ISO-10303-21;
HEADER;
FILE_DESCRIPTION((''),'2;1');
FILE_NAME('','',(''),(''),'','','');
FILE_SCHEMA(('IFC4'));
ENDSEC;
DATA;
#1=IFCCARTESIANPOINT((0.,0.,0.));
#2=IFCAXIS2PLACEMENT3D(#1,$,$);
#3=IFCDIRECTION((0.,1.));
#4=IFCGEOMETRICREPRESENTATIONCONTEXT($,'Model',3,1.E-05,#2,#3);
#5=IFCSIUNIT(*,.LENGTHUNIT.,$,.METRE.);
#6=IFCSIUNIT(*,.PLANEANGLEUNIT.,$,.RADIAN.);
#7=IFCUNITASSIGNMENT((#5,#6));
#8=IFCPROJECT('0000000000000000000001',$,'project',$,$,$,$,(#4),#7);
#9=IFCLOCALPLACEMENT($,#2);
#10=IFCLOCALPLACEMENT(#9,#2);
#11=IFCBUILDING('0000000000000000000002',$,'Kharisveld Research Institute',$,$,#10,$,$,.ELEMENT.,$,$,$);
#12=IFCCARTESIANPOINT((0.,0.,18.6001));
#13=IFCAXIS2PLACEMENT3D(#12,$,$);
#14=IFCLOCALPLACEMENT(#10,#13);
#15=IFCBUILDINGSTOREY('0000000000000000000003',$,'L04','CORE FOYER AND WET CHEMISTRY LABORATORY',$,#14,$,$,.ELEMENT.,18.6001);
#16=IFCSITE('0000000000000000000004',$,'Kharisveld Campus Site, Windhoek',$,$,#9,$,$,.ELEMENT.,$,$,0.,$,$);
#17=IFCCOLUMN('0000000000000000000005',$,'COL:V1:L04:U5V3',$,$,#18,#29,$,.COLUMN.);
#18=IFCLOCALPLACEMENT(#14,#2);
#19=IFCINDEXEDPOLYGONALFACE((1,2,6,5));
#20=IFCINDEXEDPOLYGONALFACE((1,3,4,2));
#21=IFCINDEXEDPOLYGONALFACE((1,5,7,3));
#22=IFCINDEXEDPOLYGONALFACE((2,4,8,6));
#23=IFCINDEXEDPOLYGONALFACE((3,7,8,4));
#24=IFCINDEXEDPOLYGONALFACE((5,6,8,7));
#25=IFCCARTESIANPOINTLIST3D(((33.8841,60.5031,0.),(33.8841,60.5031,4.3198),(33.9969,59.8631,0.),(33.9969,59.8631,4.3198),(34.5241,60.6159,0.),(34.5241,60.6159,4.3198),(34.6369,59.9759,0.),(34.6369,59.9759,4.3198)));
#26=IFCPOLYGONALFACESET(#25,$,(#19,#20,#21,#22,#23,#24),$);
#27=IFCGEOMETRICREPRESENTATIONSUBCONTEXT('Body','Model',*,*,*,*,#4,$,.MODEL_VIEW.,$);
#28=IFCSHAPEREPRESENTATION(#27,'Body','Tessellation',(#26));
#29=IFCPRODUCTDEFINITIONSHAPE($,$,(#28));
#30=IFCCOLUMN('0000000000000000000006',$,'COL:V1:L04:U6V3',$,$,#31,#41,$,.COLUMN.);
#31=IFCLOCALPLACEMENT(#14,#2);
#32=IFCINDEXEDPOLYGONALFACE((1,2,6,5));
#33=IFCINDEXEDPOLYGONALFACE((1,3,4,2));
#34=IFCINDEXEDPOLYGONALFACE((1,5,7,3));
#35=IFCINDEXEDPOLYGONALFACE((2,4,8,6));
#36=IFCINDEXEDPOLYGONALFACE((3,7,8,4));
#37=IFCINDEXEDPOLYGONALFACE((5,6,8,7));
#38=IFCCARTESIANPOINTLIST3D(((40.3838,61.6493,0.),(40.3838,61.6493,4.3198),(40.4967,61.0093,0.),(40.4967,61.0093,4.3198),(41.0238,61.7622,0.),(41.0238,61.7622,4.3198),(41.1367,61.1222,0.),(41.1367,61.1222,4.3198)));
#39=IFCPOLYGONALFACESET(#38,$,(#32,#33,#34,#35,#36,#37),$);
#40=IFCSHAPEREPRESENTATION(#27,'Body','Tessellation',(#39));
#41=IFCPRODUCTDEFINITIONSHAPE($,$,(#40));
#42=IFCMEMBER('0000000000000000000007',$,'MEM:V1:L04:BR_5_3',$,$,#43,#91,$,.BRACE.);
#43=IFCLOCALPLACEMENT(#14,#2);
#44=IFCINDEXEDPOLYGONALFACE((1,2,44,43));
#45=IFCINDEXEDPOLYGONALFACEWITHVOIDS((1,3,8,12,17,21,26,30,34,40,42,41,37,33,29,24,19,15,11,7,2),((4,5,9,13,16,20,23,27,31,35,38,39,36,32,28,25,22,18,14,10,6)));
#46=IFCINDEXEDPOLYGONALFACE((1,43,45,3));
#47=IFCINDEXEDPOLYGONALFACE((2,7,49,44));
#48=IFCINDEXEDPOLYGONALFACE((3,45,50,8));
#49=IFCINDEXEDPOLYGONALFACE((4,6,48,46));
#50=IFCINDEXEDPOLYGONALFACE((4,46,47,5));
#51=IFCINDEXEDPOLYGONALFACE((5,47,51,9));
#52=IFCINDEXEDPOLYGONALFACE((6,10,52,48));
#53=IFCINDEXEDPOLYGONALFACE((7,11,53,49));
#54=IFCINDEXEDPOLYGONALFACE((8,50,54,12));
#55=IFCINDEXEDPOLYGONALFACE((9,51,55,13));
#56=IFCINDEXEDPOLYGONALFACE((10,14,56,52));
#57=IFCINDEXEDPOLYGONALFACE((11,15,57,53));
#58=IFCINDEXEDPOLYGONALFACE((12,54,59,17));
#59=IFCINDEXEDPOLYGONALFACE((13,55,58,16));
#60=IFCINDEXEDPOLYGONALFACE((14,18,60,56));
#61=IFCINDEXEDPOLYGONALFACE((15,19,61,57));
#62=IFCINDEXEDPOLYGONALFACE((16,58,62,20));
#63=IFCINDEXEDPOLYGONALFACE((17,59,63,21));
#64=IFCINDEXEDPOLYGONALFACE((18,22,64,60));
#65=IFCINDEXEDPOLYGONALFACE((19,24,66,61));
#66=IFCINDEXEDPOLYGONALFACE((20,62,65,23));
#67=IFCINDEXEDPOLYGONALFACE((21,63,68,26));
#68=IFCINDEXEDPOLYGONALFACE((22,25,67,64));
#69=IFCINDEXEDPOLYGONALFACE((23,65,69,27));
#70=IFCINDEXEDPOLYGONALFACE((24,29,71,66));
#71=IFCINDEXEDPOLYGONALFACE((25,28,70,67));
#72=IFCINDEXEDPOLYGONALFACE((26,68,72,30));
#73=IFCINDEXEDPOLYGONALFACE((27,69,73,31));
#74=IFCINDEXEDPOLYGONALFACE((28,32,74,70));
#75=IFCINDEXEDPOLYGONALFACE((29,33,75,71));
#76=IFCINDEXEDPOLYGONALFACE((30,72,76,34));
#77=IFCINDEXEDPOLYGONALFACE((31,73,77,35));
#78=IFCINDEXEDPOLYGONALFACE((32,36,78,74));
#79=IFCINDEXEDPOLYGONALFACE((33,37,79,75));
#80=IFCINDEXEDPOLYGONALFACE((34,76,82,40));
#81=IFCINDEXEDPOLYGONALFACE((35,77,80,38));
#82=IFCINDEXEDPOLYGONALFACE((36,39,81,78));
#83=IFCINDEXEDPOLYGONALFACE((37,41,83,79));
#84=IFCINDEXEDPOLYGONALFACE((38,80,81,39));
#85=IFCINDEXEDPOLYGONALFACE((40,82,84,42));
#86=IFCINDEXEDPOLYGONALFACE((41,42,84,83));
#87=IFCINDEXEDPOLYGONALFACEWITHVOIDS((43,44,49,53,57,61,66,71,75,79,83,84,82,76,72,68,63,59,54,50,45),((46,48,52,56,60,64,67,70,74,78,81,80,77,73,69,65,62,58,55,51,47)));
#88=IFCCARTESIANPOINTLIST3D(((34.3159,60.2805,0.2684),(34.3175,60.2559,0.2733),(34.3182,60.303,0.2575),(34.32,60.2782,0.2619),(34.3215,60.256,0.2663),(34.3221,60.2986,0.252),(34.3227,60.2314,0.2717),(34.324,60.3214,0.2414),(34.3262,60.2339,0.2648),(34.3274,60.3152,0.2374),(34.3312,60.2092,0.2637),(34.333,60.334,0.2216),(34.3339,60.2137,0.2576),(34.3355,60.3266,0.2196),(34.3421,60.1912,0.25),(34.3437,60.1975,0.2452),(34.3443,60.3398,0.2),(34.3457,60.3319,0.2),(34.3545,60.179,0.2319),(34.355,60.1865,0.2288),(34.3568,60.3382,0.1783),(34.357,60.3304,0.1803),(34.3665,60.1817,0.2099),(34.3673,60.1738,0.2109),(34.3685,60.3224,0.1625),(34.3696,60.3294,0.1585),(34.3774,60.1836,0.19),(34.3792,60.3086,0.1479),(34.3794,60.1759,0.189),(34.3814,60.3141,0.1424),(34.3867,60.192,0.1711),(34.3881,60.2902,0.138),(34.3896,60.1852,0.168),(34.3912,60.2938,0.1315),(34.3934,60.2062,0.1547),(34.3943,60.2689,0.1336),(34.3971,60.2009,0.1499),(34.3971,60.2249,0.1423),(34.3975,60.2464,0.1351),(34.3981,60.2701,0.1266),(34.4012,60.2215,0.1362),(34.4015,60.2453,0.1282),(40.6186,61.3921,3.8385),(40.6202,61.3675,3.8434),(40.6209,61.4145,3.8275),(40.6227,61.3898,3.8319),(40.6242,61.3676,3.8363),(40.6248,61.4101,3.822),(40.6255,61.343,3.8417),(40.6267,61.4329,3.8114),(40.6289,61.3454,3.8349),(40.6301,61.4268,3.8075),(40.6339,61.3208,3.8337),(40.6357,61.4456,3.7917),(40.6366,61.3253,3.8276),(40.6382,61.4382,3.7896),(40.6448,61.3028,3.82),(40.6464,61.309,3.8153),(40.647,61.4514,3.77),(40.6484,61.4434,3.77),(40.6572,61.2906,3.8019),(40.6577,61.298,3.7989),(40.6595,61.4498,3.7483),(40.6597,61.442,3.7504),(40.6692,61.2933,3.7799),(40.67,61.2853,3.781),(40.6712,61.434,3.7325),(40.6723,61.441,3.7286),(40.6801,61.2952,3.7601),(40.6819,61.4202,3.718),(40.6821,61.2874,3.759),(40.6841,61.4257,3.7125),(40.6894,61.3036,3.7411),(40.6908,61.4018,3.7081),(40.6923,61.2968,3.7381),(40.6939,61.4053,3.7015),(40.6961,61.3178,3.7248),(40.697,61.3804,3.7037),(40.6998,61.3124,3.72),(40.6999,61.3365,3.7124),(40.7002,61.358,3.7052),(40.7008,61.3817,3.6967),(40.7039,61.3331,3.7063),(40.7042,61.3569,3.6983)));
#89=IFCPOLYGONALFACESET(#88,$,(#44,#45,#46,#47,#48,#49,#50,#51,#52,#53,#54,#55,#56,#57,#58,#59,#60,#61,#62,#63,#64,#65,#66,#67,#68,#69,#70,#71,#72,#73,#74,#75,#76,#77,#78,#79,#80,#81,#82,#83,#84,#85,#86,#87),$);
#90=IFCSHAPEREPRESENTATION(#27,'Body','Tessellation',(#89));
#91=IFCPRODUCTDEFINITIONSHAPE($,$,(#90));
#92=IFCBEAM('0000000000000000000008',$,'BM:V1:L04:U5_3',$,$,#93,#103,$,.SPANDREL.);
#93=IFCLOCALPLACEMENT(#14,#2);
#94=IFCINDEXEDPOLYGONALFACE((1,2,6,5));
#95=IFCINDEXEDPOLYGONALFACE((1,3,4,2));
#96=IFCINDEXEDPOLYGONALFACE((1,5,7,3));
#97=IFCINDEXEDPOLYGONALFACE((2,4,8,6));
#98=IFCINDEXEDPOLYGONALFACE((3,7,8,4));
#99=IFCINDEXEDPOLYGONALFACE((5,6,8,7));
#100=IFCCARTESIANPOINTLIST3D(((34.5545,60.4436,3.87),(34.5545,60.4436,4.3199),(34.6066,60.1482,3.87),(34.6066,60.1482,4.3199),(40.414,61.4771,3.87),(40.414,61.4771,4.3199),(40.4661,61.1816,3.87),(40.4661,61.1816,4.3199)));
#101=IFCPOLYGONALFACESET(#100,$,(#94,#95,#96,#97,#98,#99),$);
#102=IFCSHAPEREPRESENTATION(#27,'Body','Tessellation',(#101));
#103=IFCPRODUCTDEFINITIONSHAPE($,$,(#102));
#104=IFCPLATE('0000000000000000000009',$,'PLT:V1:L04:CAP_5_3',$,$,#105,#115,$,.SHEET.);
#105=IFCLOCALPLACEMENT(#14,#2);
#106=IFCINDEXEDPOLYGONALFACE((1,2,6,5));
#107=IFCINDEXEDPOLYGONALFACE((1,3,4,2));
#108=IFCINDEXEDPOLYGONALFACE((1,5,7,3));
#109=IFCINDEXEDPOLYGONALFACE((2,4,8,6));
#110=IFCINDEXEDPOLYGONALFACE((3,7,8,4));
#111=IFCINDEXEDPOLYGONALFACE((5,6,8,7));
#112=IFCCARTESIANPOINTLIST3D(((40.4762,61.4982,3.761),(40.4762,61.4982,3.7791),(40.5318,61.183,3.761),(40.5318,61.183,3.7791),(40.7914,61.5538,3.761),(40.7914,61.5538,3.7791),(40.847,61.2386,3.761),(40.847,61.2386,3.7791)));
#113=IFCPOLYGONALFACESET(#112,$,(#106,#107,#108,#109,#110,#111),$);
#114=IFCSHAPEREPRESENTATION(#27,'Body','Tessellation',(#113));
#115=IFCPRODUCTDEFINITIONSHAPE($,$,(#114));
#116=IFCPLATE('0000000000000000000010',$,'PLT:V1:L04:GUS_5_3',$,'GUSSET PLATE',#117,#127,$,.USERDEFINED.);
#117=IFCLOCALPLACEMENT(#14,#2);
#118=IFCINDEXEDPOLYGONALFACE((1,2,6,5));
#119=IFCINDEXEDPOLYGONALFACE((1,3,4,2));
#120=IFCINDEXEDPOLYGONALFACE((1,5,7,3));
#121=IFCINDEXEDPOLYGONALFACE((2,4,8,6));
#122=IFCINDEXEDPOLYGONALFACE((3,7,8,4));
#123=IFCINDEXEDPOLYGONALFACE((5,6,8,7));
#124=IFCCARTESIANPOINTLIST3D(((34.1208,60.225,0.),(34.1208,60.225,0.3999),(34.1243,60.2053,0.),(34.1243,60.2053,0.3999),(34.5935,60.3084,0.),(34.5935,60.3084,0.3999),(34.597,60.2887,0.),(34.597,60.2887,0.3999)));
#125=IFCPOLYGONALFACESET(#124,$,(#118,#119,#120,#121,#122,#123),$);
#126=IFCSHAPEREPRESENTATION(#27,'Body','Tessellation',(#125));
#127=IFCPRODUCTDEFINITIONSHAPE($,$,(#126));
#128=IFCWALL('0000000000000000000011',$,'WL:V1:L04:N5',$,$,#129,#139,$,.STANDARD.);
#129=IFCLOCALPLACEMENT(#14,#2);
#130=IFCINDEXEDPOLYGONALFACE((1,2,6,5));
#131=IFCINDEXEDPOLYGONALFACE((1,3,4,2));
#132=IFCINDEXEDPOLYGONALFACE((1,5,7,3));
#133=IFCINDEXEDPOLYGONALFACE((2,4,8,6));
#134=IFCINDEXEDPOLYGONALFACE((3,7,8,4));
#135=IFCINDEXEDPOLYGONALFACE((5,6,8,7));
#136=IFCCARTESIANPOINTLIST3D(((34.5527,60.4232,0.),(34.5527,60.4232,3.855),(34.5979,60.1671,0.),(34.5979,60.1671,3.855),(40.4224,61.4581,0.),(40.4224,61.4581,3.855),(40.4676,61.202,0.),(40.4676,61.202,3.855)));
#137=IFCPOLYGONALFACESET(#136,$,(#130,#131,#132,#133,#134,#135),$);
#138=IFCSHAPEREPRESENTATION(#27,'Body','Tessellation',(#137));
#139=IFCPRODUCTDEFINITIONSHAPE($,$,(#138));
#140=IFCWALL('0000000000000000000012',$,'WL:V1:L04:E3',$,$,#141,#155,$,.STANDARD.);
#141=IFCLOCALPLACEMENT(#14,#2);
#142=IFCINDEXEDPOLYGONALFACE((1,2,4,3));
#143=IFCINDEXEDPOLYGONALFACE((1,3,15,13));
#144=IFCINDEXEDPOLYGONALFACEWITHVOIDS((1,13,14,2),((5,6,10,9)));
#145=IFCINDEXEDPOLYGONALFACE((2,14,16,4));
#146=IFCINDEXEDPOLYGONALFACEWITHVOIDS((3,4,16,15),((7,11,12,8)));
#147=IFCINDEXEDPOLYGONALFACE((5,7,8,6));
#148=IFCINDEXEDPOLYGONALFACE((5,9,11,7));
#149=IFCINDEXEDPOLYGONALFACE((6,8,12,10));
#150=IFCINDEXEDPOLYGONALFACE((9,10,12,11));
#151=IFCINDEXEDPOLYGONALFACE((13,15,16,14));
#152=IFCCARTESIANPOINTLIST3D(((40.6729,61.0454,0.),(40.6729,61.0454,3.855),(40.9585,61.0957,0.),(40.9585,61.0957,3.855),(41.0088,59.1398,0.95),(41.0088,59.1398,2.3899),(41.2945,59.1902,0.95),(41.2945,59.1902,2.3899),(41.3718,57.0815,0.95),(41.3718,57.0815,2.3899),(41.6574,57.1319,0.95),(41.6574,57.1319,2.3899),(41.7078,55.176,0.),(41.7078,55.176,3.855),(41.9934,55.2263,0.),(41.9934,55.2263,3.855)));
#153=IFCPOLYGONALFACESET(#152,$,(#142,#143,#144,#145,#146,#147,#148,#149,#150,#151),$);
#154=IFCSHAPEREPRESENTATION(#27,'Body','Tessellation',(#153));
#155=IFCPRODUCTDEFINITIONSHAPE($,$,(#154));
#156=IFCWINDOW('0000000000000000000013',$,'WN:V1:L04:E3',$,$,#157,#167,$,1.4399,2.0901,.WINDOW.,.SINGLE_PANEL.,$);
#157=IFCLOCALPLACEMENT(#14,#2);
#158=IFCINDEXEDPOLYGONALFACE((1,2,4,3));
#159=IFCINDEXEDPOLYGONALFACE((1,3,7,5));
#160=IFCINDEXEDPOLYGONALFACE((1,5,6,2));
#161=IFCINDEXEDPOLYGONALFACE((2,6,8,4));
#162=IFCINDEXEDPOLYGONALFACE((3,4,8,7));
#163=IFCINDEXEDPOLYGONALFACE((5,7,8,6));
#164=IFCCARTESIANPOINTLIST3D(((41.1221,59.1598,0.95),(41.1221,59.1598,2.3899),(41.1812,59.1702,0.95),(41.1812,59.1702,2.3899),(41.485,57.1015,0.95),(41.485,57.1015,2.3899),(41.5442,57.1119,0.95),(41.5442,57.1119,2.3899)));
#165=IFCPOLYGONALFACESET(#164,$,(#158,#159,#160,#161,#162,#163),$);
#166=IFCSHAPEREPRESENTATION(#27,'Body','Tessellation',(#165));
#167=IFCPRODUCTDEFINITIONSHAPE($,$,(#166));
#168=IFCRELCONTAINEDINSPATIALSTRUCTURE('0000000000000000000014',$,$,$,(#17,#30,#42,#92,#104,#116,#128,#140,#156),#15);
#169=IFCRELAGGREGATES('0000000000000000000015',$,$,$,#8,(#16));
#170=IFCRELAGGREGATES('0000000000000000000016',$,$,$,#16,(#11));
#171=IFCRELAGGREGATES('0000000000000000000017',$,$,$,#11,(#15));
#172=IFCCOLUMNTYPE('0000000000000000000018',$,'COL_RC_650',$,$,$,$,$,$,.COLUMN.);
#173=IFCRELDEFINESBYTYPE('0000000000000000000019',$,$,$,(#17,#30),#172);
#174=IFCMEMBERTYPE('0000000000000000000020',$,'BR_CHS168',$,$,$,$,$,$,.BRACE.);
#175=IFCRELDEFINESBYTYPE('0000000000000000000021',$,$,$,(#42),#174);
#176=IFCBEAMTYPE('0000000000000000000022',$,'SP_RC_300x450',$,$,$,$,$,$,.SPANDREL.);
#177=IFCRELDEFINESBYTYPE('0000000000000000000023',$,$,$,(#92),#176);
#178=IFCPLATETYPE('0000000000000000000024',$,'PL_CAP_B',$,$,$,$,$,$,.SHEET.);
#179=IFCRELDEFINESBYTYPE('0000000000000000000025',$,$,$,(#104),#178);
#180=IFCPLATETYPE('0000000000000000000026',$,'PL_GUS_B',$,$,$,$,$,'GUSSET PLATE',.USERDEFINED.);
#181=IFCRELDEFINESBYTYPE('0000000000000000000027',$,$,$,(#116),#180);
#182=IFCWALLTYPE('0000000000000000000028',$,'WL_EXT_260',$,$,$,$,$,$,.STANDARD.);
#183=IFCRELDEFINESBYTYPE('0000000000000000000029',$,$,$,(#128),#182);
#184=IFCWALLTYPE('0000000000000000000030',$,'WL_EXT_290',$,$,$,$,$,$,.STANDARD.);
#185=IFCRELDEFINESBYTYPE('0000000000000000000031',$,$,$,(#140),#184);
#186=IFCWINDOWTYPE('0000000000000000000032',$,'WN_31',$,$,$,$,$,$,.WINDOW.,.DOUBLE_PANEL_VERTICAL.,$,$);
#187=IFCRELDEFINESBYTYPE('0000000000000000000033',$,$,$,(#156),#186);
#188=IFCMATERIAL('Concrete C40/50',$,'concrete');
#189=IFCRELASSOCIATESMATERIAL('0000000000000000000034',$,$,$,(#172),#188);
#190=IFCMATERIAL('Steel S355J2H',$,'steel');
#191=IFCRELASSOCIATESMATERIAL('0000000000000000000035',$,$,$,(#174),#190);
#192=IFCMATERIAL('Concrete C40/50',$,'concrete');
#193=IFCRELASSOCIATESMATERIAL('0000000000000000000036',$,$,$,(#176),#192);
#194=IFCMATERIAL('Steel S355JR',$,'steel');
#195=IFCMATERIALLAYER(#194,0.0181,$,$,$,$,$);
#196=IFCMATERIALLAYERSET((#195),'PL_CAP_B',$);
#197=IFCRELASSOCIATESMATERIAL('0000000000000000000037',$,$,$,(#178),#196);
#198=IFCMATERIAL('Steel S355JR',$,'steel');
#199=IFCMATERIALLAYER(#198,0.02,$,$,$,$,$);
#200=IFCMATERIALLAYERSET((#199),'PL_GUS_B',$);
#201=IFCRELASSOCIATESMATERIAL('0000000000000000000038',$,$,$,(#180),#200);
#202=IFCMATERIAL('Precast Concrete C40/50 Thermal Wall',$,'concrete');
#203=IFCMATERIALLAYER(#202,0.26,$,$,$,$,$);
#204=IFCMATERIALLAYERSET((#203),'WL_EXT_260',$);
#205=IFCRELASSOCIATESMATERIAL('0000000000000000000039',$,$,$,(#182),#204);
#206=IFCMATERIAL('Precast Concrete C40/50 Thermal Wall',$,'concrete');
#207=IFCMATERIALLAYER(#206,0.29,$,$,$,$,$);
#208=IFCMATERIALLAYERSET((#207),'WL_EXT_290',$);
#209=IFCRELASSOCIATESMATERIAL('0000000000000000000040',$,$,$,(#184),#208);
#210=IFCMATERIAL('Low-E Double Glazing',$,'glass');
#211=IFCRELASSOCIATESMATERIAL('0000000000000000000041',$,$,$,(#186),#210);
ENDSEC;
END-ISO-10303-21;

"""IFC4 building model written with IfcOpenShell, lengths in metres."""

from ifc_helpers import new_model, si_unit, direction, frame, frame_2d, origin, origin_2d, place, context, subcontext, project, spatial, rectangle, hollow_circle, extrude, material, layer, layer_set, material_profile, profile_set, type_object, element, fill, save


model = new_model("IFC4")

# Units and contexts
model_context = context("Model", 3, precision=1e-05, world=origin(), true_north=direction((0.0, 1.0)))
body_context = subcontext(model_context, "Body", "Model", "MODEL_VIEW")
ifc_project = project(units=[si_unit("LENGTHUNIT", "METRE"), si_unit("PLANEANGLEUNIT", "RADIAN")], contexts=[model_context])

# Site, building, storey
site_placement = place(None, origin())
site = spatial("IfcSite", under=ifc_project, at=site_placement, Name="Kharisveld Campus Site, Windhoek", CompositionType="ELEMENT", RefElevation=0.0)
building_placement = place(site_placement, origin())
building = spatial("IfcBuilding", under=site, at=building_placement, Name="Kharisveld Research Institute", CompositionType="ELEMENT")
storey_placement = place(building_placement, frame((0.0, 0.0, 18.6001)))
storey = spatial("IfcBuildingStorey", under=building, at=storey_placement, Name="L04", Description="CORE FOYER AND WET CHEMISTRY LABORATORY", CompositionType="ELEMENT", Elevation=18.6001)

# Columns
ifc_material_1 = material(Name="Concrete C40/50", Category="concrete")
ifc_material_profile_1 = material_profile(ifc_material_1, rectangle(XDim=0.6499, YDim=0.6499, at=origin_2d()))
ifc_profile_set_1 = profile_set([ifc_material_profile_1], Name="Concrete C40/50")
column_type = type_object("IfcColumnType", Name="COL_RC_650", PredefinedType="COLUMN", material=ifc_profile_set_1)
for number, where, z_axis, x_axis, name in (
    (1, (34.2605, 60.2395, 0.0), (0.0, 0.0, 1.0), (0.984808, 0.173648, 0.0), "COL:V1:L04:U5V3"),
    (2, (40.7603, 61.3857, 0.0), (0.0, 0.0, 1.0), (0.984808, 0.173648, 0.0), "COL:V1:L04:U6V3"),
):
    element("IfcColumn", number, at=place(storey_placement, frame(where, z_axis=z_axis, x_axis=x_axis)), inside=storey, type_object=column_type, Name=name, PredefinedType="COLUMN", context=body_context, shape_type="SweptSolid", body=[
        extrude(rectangle(XDim=0.6499, YDim=0.6499, at=origin_2d()), origin(), (0.0, 0.0, 1.0), 4.3198),
    ])

# Member
ifc_material_2 = material(Name="Steel S355J2H", Category="steel")
ifc_material_profile_2 = material_profile(ifc_material_2, hollow_circle(Radius=0.0842, WallThickness=0.0081, at=origin_2d()))
ifc_profile_set_2 = profile_set([ifc_material_profile_2], Name="Steel S355J2H")
member_type = type_object("IfcMemberType", Name="BR_CHS168", PredefinedType="BRACE", material=ifc_profile_set_2)
member_placement = place(storey_placement, frame((34.3589, 60.2568, 0.2), z_axis=(0.860042, 0.15168, 0.487155), x_axis=(-0.173683, 0.984802, 0.0)))
element("IfcMember", 3, at=member_placement, inside=storey, type_object=member_type, Name="MEM:V1:L04:BR_5_3", PredefinedType="BRACE", context=body_context, shape_type="SweptSolid", body=[
    extrude(hollow_circle(Radius=0.0842, WallThickness=0.0081, at=origin_2d()), origin(), (0.0, 0.0, 1.0), 7.3284),
])

# Beam
ifc_material_3 = material(Name="Concrete C40/50", Category="concrete")
ifc_material_profile_3 = material_profile(ifc_material_3, rectangle(XDim=0.3, YDim=0.45, at=origin_2d()))
ifc_profile_set_3 = profile_set([ifc_material_profile_3], Name="Concrete C40/50")
beam_type = type_object("IfcBeamType", Name="SP_RC_300x450", PredefinedType="SPANDREL", material=ifc_profile_set_3)
beam_placement = place(storey_placement, frame((34.5806, 60.2959, 4.095), z_axis=(0.984801, 0.173687, 0.0), x_axis=(-0.173687, 0.984801, 0.0)))
element("IfcBeam", 4, at=beam_placement, inside=storey, type_object=beam_type, Name="BM:V1:L04:U5_3", PredefinedType="SPANDREL", context=body_context, shape_type="SweptSolid", body=[
    extrude(rectangle(XDim=0.3, YDim=0.45, at=origin_2d()), origin(), (0.0, 0.0, 1.0), 5.95),
])

# Plates
ifc_material_4 = material(Name="Steel S355JR", Category="steel")
ifc_layer_1 = layer(ifc_material_4, 0.0181)
ifc_layer_set_1 = layer_set([ifc_layer_1], Name="PL_CAP_B")
plate_type_1 = type_object("IfcPlateType", Name="PL_CAP_B", PredefinedType="SHEET", material=ifc_layer_set_1)
plate_1_placement = place(storey_placement, frame((40.6616, 61.3684, 3.761), z_axis=(0.0, 0.0, 1.0), x_axis=(0.984808, 0.173648, 0.0)))
element("IfcPlate", 5, at=plate_1_placement, inside=storey, type_object=plate_type_1, Name="PLT:V1:L04:CAP_5_3", PredefinedType="SHEET", context=body_context, shape_type="SweptSolid", body=[
    extrude(rectangle(XDim=0.3201, YDim=0.3201, at=origin_2d()), origin(), (0.0, 0.0, 1.0), 0.0181),
])
ifc_material_5 = material(Name="Steel S355JR", Category="steel")
ifc_layer_2 = layer(ifc_material_5, 0.02)
ifc_layer_set_2 = layer_set([ifc_layer_2], Name="PL_GUS_B")
plate_type_2 = type_object("IfcPlateType", Name="PL_GUS_B", ElementType="GUSSET PLATE", PredefinedType="USERDEFINED", material=ifc_layer_set_2)
plate_2_placement = place(storey_placement, frame((34.3589, 60.2568, 0.0), z_axis=(0.0, 0.0, 1.0), x_axis=(0.984808, 0.173648, 0.0)))
element("IfcPlate", 6, at=plate_2_placement, inside=storey, type_object=plate_type_2, Name="PLT:V1:L04:GUS_5_3", ObjectType="GUSSET PLATE", PredefinedType="USERDEFINED", context=body_context, shape_type="SweptSolid", body=[
    extrude(rectangle(XDim=0.48, YDim=0.02, at=origin_2d()), origin(), (0.0, 0.0, 1.0), 0.3999),
])

# Wall
ifc_material_6 = material(Name="Precast Concrete C40/50 Thermal Wall", Category="concrete")
ifc_layer_3 = layer(ifc_material_6, 0.26)
ifc_layer_set_3 = layer_set([ifc_layer_3], Name="WL_EXT_260")
wall_type_1 = type_object("IfcWallType", Name="WL_EXT_260", PredefinedType="STANDARD", material=ifc_layer_set_3)
wall_1_placement = place(storey_placement, frame((34.5754, 60.2952, 0.0), z_axis=(0.0, 0.0, 1.0), x_axis=(0.98481, 0.173638, 0.0)))
element("IfcWall", 7, at=wall_1_placement, inside=storey, type_object=wall_type_1, Name="WL:V1:L04:N5", PredefinedType="STANDARD", context=body_context, shape_type="SweptSolid", body=[
    extrude(rectangle(XDim=5.9602, YDim=0.26, at=frame_2d((2.98, 0.0))), origin(), (0.0, 0.0, 1.0), 3.855),
])

# Wall, opening, window
ifc_material_7 = material(Name="Precast Concrete C40/50 Thermal Wall", Category="concrete")
ifc_layer_4 = layer(ifc_material_7, 0.29)
ifc_layer_set_4 = layer_set([ifc_layer_4], Name="WL_EXT_290")
wall_type_2 = type_object("IfcWallType", Name="WL_EXT_290", PredefinedType="STANDARD", material=ifc_layer_set_4)
wall_2_placement = place(storey_placement, frame((40.8157, 61.0706, 0.0), z_axis=(0.0, 0.0, 1.0), x_axis=(0.173645, -0.984808, 0.0)))
wall_2 = element("IfcWall", 8, at=wall_2_placement, inside=storey, type_object=wall_type_2, Name="WL:V1:L04:E3", PredefinedType="STANDARD", context=body_context, shape_type="SweptSolid", body=[
    extrude(rectangle(XDim=5.96, YDim=0.29, at=frame_2d((2.98, 0.0))), origin(), (0.0, 0.0, 1.0), 3.855),
])
opening_placement = place(wall_2_placement, frame((1.9351, 0.0, 0.95)))
opening = element("IfcOpeningElement", 9, at=opening_placement, cuts=wall_2, PredefinedType="OPENING", context=body_context, shape_type="SweptSolid", body=[
    extrude(rectangle(XDim=2.0901, YDim=1.4399, at=frame_2d((1.0449, 0.72))), frame((0.0, 0.145, 0.0), z_axis=(0.0, -1.0, 0.0), x_axis=(1.0, 0.0, 0.0)), (0.0, 0.0, 1.0), 0.29),
])
ifc_material_8 = material(Name="Low-E Double Glazing", Category="glass")
window_type = type_object("IfcWindowType", Name="WN_31", PartitioningType="DOUBLE_PANEL_VERTICAL", PredefinedType="WINDOW", material=ifc_material_8)
window_placement = place(opening_placement, origin())
window = element("IfcWindow", 10, at=window_placement, inside=storey, type_object=window_type, Name="WN:V1:L04:E3", OverallHeight=1.4399, OverallWidth=2.0901, PartitioningType="SINGLE_PANEL", PredefinedType="WINDOW", context=body_context, shape_type="SweptSolid", body=[
    extrude(rectangle(XDim=2.0901, YDim=1.4399, at=frame_2d((1.0449, 0.72))), frame((0.0, 0.03, 0.0), z_axis=(0.0, -1.0, 0.0), x_axis=(1.0, 0.0, 0.0)), (0.0, 0.0, 1.0), 0.0601),
])
fill(opening, window)

save(model, "model.ifc")
